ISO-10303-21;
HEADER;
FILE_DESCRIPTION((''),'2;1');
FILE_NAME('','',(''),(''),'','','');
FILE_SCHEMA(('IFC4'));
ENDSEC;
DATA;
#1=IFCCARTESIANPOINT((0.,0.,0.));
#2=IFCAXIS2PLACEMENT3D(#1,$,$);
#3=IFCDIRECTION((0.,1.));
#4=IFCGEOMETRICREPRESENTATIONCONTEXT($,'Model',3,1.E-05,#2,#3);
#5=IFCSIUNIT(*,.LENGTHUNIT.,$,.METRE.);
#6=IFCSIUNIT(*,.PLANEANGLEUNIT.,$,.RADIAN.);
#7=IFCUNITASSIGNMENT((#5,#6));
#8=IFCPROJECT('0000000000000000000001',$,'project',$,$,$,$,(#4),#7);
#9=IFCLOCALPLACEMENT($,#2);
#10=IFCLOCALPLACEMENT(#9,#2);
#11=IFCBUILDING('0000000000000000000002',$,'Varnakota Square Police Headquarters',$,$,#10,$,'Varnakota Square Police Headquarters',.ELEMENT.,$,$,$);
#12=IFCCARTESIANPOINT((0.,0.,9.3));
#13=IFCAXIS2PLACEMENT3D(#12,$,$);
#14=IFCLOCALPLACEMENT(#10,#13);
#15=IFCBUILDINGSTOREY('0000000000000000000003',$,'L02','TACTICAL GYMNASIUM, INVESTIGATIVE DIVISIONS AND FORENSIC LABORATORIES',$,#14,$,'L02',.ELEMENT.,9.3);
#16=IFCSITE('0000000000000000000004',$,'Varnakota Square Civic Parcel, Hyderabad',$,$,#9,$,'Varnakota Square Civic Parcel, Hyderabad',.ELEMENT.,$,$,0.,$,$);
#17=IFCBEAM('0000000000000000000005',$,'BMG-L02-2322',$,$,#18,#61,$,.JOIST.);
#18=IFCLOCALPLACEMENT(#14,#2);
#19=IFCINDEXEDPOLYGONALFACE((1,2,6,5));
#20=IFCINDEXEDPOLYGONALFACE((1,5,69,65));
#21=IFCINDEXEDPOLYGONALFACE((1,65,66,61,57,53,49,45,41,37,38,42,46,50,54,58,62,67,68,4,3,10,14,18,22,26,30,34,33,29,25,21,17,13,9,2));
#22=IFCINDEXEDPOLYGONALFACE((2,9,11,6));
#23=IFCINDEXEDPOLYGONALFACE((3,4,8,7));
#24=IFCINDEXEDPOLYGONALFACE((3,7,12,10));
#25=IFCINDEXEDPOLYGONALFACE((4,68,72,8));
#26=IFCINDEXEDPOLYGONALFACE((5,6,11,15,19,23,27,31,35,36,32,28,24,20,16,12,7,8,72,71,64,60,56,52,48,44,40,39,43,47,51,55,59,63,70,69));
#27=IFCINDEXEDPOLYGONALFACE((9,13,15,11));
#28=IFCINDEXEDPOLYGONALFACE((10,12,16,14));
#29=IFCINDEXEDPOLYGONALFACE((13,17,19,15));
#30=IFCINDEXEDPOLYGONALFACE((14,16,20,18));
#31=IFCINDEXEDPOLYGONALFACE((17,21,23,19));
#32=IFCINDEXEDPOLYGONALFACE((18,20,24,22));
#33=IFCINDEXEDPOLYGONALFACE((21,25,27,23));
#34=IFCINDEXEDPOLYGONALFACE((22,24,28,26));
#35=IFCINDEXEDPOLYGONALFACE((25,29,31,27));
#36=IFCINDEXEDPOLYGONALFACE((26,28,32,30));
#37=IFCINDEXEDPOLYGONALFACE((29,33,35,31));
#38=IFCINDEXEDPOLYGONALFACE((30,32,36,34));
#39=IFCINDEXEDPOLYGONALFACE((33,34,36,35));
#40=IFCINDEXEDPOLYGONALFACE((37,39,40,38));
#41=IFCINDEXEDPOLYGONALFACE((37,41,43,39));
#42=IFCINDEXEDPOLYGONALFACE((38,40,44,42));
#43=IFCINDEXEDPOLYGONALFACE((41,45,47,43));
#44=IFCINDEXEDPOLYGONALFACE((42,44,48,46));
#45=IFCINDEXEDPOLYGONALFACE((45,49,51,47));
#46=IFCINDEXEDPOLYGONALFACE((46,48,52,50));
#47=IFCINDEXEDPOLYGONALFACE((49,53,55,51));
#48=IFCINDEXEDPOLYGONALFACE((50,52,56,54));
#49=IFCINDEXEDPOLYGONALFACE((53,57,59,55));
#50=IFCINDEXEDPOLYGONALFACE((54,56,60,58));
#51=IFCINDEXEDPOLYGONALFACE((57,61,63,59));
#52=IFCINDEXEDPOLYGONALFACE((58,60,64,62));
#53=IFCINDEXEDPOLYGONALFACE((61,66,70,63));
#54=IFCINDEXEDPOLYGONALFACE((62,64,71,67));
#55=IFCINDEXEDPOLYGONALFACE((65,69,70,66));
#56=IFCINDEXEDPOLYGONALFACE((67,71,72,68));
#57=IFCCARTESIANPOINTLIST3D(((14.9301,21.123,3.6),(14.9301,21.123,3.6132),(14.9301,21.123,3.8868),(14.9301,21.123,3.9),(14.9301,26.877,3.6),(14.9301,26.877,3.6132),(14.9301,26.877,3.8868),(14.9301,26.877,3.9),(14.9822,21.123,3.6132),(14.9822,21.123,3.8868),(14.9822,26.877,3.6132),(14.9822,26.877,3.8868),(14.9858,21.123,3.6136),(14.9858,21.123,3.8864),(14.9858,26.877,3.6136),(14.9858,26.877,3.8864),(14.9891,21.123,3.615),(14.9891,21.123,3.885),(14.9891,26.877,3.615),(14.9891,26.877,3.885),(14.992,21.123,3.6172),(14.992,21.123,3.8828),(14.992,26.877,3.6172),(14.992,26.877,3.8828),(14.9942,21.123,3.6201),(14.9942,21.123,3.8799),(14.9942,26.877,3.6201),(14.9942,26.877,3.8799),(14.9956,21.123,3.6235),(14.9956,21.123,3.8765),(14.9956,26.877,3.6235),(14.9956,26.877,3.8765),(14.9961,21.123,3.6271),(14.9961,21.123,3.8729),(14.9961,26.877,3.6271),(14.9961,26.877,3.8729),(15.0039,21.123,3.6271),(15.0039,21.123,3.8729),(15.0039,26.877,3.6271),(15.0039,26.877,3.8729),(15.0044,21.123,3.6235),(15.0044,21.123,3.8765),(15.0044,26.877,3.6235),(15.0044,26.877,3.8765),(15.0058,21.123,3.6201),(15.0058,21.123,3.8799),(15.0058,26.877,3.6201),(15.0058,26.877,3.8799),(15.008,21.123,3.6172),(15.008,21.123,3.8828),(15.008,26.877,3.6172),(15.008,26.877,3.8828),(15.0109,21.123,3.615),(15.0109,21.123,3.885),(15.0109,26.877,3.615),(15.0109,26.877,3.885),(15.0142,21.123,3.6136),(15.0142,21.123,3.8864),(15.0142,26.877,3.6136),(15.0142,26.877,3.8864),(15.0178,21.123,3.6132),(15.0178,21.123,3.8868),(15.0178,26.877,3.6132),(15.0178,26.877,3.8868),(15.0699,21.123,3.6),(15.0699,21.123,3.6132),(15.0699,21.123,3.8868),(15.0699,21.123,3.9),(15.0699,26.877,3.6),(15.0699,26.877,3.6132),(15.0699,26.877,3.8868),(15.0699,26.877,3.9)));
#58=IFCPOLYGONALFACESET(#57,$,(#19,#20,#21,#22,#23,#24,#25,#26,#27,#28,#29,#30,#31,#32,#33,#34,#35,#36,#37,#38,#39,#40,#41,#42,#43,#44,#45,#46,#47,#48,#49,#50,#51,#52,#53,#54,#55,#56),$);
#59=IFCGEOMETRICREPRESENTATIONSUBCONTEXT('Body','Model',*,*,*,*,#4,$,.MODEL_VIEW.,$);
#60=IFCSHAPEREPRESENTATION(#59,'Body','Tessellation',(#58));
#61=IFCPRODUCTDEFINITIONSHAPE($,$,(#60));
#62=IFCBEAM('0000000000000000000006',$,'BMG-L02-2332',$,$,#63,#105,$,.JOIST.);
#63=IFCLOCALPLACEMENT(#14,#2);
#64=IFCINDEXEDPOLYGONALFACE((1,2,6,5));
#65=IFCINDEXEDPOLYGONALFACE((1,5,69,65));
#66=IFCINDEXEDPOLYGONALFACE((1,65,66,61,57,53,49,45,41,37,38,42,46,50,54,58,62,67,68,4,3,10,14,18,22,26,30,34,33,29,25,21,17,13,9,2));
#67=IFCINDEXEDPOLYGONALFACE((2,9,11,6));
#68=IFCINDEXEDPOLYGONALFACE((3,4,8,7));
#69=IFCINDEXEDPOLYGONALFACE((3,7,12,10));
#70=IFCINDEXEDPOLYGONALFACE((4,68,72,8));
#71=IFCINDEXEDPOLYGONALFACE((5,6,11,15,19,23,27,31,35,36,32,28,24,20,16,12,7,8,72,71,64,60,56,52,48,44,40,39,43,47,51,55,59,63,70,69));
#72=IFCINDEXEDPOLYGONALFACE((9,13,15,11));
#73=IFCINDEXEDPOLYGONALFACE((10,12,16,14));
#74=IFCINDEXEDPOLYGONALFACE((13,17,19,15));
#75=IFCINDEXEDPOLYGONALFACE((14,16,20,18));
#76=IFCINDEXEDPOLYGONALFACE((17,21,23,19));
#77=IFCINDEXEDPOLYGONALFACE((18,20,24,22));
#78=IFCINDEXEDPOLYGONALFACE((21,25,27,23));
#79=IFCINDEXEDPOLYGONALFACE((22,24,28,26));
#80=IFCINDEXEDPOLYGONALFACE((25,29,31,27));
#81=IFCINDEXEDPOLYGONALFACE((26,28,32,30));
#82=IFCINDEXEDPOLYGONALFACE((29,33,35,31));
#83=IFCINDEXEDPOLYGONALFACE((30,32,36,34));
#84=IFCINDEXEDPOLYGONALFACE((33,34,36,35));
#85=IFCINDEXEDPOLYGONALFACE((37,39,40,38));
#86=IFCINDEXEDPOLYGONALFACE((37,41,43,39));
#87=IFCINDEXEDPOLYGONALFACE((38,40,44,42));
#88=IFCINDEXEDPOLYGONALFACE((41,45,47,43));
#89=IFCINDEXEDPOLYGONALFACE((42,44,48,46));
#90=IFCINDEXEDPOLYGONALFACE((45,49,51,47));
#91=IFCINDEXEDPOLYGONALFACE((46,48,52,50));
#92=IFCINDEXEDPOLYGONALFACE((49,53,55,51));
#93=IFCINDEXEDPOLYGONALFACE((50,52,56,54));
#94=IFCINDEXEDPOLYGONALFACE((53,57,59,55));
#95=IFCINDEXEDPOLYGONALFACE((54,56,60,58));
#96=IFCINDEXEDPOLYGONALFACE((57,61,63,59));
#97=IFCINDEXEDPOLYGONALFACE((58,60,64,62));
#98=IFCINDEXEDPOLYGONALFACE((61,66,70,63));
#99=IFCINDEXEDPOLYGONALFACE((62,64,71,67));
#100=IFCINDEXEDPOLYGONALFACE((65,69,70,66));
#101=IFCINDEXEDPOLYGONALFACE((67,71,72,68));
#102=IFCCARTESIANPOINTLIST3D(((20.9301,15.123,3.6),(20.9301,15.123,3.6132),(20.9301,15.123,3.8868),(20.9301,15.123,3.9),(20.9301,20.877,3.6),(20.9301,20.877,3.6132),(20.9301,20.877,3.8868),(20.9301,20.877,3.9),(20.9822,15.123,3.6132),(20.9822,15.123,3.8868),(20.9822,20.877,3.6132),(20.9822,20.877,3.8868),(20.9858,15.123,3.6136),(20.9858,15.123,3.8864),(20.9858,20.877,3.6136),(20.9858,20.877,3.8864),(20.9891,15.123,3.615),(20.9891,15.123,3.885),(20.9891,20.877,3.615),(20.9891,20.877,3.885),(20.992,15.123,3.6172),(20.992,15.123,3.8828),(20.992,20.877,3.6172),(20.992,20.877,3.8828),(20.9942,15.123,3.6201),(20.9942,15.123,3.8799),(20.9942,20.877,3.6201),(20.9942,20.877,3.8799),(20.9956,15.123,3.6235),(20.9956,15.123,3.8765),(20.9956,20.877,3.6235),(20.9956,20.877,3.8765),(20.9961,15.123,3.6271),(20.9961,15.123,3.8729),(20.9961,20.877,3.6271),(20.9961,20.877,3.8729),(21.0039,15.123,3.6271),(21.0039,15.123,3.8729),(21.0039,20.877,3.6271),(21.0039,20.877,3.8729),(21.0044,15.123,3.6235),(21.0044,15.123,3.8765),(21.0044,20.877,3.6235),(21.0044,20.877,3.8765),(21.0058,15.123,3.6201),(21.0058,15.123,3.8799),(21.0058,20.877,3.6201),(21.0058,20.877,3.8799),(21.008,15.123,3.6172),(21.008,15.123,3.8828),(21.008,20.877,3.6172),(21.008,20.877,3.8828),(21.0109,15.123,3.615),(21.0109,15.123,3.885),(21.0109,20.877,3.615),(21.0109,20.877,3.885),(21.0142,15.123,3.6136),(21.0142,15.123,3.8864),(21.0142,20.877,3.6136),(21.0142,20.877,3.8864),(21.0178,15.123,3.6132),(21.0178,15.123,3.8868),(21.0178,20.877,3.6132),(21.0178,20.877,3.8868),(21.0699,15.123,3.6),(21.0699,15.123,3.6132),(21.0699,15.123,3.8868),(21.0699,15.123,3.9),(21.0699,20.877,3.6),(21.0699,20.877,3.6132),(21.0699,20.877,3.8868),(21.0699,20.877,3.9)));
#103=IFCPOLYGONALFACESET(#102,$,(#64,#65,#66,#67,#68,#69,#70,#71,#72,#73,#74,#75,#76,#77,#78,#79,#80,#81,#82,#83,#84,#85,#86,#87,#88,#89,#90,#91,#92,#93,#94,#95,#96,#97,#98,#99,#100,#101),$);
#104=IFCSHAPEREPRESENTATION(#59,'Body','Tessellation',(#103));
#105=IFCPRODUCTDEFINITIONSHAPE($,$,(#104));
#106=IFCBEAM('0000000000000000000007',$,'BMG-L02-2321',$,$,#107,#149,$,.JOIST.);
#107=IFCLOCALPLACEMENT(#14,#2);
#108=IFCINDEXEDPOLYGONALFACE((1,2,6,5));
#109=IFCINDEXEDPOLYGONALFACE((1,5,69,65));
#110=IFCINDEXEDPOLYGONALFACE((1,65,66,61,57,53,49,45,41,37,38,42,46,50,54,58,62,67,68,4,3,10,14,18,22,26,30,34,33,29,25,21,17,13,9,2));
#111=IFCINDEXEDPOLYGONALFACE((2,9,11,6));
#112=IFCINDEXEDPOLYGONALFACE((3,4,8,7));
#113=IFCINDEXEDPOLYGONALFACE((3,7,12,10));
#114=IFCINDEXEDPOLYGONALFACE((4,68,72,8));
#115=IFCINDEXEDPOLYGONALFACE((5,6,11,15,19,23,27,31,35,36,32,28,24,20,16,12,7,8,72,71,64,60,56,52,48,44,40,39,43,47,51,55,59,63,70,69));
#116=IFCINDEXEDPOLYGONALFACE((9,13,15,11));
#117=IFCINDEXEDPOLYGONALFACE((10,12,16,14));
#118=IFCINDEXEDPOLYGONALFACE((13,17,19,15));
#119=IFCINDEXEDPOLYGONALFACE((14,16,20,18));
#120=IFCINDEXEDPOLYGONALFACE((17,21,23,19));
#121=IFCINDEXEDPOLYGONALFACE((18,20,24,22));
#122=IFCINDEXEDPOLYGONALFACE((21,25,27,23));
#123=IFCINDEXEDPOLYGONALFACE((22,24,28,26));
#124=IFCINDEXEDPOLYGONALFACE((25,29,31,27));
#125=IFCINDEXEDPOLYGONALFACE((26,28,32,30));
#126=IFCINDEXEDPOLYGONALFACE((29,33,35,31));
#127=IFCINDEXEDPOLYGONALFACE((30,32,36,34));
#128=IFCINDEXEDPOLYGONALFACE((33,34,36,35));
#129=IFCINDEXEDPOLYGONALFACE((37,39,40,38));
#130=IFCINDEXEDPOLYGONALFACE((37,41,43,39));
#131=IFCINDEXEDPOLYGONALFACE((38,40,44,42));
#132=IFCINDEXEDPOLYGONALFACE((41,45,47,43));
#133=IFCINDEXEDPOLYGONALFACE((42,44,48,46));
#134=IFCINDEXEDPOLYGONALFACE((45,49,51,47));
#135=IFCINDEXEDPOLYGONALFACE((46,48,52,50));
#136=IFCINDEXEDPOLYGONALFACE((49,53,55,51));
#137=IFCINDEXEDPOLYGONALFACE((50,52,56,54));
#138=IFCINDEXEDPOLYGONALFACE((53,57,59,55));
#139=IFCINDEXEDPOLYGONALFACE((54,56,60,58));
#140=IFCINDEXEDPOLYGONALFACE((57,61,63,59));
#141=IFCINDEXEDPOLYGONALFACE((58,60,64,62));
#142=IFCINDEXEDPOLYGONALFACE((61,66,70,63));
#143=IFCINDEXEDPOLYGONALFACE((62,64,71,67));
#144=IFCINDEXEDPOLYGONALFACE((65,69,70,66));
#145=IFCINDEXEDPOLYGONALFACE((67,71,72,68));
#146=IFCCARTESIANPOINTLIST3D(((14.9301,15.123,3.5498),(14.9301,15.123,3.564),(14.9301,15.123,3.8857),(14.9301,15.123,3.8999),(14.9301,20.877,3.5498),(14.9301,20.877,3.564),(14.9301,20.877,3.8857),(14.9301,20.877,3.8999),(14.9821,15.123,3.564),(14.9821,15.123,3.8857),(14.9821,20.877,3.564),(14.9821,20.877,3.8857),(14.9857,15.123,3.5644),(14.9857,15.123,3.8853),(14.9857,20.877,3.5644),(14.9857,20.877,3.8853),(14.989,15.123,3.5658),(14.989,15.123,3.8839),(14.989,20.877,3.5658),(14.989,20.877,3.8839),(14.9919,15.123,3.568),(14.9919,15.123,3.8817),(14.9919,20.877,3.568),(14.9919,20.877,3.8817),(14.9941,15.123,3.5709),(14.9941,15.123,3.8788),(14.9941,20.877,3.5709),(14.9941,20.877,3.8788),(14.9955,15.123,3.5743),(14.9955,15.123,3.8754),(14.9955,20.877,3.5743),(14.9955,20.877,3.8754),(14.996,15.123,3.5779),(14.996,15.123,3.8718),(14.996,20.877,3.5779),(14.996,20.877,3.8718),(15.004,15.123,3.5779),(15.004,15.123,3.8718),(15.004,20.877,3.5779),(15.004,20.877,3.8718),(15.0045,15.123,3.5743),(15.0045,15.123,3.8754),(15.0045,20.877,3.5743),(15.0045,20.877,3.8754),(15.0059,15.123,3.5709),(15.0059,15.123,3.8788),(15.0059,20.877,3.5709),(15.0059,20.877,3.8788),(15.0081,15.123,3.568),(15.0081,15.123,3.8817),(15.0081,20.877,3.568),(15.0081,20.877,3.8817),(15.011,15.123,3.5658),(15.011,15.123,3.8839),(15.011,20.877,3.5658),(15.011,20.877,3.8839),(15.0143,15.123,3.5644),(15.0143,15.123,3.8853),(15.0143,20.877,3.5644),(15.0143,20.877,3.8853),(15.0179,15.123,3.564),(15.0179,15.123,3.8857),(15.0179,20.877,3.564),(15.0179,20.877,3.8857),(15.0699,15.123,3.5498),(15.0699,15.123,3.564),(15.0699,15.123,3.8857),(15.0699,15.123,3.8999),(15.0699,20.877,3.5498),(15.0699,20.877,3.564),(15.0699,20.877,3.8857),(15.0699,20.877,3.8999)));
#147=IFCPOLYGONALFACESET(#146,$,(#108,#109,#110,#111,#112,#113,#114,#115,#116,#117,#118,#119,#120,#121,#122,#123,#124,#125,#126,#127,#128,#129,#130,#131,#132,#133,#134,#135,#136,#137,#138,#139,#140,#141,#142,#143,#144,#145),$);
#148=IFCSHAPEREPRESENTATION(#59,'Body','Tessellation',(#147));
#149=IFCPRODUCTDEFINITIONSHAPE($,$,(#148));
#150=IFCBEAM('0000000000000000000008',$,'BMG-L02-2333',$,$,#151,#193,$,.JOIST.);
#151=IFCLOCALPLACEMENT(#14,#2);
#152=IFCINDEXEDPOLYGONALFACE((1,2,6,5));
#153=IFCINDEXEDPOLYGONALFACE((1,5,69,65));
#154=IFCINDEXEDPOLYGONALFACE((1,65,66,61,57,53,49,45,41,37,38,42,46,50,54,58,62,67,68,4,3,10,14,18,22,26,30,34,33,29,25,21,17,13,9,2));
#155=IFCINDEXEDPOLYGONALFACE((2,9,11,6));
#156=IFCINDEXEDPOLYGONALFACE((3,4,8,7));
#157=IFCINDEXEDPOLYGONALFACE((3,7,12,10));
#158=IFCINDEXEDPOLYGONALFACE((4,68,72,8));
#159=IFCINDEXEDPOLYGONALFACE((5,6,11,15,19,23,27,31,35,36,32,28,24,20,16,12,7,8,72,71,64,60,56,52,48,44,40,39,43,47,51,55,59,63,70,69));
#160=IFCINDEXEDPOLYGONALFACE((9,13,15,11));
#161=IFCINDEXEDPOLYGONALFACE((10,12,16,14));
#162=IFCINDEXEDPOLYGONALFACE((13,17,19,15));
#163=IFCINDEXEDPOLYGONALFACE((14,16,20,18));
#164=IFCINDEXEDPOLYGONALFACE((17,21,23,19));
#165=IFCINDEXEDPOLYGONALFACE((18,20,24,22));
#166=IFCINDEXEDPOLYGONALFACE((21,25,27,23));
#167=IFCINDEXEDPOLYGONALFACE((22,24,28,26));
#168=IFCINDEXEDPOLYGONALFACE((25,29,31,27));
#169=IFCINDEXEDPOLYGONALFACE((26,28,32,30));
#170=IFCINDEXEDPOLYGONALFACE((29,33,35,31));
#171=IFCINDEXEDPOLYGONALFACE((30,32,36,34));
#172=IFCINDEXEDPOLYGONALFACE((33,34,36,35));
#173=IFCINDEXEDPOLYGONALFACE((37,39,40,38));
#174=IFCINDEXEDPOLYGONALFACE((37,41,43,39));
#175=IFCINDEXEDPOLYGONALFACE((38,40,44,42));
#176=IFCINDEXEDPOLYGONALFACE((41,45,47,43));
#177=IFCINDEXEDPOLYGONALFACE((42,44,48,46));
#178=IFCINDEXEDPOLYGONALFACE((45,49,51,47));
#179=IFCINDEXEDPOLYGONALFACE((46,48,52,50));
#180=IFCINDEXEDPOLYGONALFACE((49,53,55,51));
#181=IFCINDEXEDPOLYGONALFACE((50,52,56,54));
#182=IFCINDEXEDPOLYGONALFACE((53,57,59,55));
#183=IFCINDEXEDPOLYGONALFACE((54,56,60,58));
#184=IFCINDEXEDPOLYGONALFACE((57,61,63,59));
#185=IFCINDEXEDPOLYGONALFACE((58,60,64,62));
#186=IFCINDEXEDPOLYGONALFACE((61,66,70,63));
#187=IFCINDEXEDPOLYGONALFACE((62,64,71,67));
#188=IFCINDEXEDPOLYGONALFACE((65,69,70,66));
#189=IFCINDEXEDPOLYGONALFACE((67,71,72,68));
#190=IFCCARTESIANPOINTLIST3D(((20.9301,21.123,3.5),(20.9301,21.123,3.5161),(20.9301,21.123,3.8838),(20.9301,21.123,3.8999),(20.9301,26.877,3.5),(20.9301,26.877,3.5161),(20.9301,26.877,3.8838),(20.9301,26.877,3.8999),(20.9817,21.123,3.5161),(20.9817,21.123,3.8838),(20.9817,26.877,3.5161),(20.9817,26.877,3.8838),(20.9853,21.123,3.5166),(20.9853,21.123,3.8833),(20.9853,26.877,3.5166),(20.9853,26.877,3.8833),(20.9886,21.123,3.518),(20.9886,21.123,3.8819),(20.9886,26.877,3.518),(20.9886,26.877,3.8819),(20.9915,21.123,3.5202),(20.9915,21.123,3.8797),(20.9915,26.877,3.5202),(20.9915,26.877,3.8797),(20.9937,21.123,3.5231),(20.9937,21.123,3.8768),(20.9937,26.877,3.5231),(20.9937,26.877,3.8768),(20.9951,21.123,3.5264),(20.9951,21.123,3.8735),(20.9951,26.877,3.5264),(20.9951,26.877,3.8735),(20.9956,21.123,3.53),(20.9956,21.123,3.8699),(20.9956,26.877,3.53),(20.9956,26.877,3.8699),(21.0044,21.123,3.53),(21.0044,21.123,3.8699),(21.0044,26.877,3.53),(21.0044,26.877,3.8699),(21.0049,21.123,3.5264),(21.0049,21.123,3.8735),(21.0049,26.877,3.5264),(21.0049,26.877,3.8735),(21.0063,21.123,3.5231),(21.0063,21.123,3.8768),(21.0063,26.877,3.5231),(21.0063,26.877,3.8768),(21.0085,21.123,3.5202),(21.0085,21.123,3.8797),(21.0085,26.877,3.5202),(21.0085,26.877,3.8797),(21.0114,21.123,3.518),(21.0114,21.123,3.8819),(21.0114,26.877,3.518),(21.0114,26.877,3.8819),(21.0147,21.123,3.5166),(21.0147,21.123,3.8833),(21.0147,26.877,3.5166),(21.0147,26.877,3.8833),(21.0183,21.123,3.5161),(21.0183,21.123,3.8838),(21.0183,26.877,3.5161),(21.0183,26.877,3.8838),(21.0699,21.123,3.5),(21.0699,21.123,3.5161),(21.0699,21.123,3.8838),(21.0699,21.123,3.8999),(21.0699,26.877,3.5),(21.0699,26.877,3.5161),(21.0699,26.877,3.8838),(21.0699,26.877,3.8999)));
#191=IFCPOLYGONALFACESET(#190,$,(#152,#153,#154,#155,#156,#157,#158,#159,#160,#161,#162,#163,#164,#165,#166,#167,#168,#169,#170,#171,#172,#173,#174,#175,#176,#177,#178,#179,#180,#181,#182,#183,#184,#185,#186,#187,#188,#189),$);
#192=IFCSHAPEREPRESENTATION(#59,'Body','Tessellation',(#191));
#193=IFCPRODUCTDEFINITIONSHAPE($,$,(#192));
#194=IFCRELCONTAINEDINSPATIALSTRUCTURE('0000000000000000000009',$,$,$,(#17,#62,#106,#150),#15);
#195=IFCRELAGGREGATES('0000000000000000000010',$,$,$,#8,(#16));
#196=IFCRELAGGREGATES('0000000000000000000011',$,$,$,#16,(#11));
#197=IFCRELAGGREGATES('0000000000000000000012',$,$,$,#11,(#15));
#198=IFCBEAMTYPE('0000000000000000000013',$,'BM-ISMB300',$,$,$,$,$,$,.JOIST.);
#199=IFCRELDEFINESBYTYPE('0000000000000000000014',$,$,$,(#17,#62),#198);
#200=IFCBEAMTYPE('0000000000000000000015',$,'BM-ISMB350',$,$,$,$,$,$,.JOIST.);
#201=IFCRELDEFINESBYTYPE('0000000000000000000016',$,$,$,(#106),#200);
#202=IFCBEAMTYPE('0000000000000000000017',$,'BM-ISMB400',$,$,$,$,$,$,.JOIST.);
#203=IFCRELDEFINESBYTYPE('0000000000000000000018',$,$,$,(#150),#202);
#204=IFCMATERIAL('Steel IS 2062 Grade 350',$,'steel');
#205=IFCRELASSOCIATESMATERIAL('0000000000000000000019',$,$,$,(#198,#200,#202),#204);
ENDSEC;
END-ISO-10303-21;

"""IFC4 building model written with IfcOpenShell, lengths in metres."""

from ifc_helpers import new_model, si_unit, direction, frame, origin, origin_2d, place, context, subcontext, project, spatial, i_section, extrude, material, material_profile, profile_set, type_object, element, save


model = new_model("IFC4")

# Units and contexts
model_context = context("Model", 3, precision=1e-05, world=origin(), true_north=direction((0.0, 1.0)))
body_context = subcontext(model_context, "Body", "Model", "MODEL_VIEW")
ifc_project = project(units=[si_unit("LENGTHUNIT", "METRE"), si_unit("PLANEANGLEUNIT", "RADIAN")], contexts=[model_context])

# Site, building, storey
site_placement = place(None, origin())
site = spatial("IfcSite", under=ifc_project, at=site_placement, Name="Varnakota Square Civic Parcel, Hyderabad", LongName="Varnakota Square Civic Parcel, Hyderabad", CompositionType="ELEMENT", RefElevation=0.0)
building_placement = place(site_placement, origin())
building = spatial("IfcBuilding", under=site, at=building_placement, Name="Varnakota Square Police Headquarters", LongName="Varnakota Square Police Headquarters", CompositionType="ELEMENT")
storey_placement = place(building_placement, frame((0.0, 0.0, 9.3)))
storey = spatial("IfcBuildingStorey", under=building, at=storey_placement, Name="L02", Description="TACTICAL GYMNASIUM, INVESTIGATIVE DIVISIONS AND FORENSIC LABORATORIES", LongName="L02", CompositionType="ELEMENT", Elevation=9.3)

# Shared definitions
ifc_material_1 = material(Name="Steel IS 2062 Grade 350", Category="steel")

# Beams
ifc_material_profile_1 = material_profile(ifc_material_1, i_section(OverallWidth=0.1399, OverallDepth=0.3, WebThickness=0.0078, FlangeThickness=0.0132, FilletRadius=0.0139, at=origin_2d()), Name="ISMB 300")
ifc_profile_set_1 = profile_set([ifc_material_profile_1], Name="Steel IS 2062 Grade 350")
beam_type_1 = type_object("IfcBeamType", Name="BM-ISMB300", PredefinedType="JOIST", material=ifc_profile_set_1)
for number, where, z_axis, x_axis, name in (
    (1, (15.0, 21.123, 3.75), (0.0, 1.0, 0.0), (-1.0, 0.0, 0.0), "BMG-L02-2322"),
    (2, (21.0, 15.123, 3.75), (0.0, 1.0, 0.0), (-1.0, 0.0, 0.0), "BMG-L02-2332"),
):
    element("IfcBeam", number, at=place(storey_placement, frame(where, z_axis=z_axis, x_axis=x_axis)), inside=storey, type_object=beam_type_1, Name=name, PredefinedType="JOIST", context=body_context, shape_type="SweptSolid", body=[
        extrude(i_section(OverallWidth=0.1399, OverallDepth=0.3, WebThickness=0.0078, FlangeThickness=0.0132, FilletRadius=0.0139, at=origin_2d()), origin(), (0.0, 0.0, 1.0), 5.7539),
    ])
ifc_material_profile_2 = material_profile(ifc_material_1, i_section(OverallWidth=0.1399, OverallDepth=0.3501, WebThickness=0.0081, FlangeThickness=0.0142, FilletRadius=0.0139, at=origin_2d()), Name="ISMB 350")
ifc_profile_set_2 = profile_set([ifc_material_profile_2], Name="Steel IS 2062 Grade 350")
beam_type_2 = type_object("IfcBeamType", Name="BM-ISMB350", PredefinedType="JOIST", material=ifc_profile_set_2)
beam_1_placement = place(storey_placement, frame((15.0, 15.123, 3.7249), z_axis=(0.0, 1.0, 0.0), x_axis=(-1.0, 0.0, 0.0)))
element("IfcBeam", 3, at=beam_1_placement, inside=storey, type_object=beam_type_2, Name="BMG-L02-2321", PredefinedType="JOIST", context=body_context, shape_type="SweptSolid", body=[
    extrude(i_section(OverallWidth=0.1399, OverallDepth=0.3501, WebThickness=0.0081, FlangeThickness=0.0142, FilletRadius=0.0139, at=origin_2d()), origin(), (0.0, 0.0, 1.0), 5.7539),
])
ifc_material_profile_3 = material_profile(ifc_material_1, i_section(OverallWidth=0.1399, OverallDepth=0.3999, WebThickness=0.0088, FlangeThickness=0.0161, FilletRadius=0.0139, at=origin_2d()), Name="ISMB 400")
ifc_profile_set_3 = profile_set([ifc_material_profile_3], Name="Steel IS 2062 Grade 350")
beam_type_3 = type_object("IfcBeamType", Name="BM-ISMB400", PredefinedType="JOIST", material=ifc_profile_set_3)
beam_2_placement = place(storey_placement, frame((21.0, 21.123, 3.7), z_axis=(0.0, 1.0, 0.0), x_axis=(-1.0, 0.0, 0.0)))
element("IfcBeam", 4, at=beam_2_placement, inside=storey, type_object=beam_type_3, Name="BMG-L02-2333", PredefinedType="JOIST", context=body_context, shape_type="SweptSolid", body=[
    extrude(i_section(OverallWidth=0.1399, OverallDepth=0.3999, WebThickness=0.0088, FlangeThickness=0.0161, FilletRadius=0.0139, at=origin_2d()), origin(), (0.0, 0.0, 1.0), 5.7539),
])

save(model, "model.ifc")
